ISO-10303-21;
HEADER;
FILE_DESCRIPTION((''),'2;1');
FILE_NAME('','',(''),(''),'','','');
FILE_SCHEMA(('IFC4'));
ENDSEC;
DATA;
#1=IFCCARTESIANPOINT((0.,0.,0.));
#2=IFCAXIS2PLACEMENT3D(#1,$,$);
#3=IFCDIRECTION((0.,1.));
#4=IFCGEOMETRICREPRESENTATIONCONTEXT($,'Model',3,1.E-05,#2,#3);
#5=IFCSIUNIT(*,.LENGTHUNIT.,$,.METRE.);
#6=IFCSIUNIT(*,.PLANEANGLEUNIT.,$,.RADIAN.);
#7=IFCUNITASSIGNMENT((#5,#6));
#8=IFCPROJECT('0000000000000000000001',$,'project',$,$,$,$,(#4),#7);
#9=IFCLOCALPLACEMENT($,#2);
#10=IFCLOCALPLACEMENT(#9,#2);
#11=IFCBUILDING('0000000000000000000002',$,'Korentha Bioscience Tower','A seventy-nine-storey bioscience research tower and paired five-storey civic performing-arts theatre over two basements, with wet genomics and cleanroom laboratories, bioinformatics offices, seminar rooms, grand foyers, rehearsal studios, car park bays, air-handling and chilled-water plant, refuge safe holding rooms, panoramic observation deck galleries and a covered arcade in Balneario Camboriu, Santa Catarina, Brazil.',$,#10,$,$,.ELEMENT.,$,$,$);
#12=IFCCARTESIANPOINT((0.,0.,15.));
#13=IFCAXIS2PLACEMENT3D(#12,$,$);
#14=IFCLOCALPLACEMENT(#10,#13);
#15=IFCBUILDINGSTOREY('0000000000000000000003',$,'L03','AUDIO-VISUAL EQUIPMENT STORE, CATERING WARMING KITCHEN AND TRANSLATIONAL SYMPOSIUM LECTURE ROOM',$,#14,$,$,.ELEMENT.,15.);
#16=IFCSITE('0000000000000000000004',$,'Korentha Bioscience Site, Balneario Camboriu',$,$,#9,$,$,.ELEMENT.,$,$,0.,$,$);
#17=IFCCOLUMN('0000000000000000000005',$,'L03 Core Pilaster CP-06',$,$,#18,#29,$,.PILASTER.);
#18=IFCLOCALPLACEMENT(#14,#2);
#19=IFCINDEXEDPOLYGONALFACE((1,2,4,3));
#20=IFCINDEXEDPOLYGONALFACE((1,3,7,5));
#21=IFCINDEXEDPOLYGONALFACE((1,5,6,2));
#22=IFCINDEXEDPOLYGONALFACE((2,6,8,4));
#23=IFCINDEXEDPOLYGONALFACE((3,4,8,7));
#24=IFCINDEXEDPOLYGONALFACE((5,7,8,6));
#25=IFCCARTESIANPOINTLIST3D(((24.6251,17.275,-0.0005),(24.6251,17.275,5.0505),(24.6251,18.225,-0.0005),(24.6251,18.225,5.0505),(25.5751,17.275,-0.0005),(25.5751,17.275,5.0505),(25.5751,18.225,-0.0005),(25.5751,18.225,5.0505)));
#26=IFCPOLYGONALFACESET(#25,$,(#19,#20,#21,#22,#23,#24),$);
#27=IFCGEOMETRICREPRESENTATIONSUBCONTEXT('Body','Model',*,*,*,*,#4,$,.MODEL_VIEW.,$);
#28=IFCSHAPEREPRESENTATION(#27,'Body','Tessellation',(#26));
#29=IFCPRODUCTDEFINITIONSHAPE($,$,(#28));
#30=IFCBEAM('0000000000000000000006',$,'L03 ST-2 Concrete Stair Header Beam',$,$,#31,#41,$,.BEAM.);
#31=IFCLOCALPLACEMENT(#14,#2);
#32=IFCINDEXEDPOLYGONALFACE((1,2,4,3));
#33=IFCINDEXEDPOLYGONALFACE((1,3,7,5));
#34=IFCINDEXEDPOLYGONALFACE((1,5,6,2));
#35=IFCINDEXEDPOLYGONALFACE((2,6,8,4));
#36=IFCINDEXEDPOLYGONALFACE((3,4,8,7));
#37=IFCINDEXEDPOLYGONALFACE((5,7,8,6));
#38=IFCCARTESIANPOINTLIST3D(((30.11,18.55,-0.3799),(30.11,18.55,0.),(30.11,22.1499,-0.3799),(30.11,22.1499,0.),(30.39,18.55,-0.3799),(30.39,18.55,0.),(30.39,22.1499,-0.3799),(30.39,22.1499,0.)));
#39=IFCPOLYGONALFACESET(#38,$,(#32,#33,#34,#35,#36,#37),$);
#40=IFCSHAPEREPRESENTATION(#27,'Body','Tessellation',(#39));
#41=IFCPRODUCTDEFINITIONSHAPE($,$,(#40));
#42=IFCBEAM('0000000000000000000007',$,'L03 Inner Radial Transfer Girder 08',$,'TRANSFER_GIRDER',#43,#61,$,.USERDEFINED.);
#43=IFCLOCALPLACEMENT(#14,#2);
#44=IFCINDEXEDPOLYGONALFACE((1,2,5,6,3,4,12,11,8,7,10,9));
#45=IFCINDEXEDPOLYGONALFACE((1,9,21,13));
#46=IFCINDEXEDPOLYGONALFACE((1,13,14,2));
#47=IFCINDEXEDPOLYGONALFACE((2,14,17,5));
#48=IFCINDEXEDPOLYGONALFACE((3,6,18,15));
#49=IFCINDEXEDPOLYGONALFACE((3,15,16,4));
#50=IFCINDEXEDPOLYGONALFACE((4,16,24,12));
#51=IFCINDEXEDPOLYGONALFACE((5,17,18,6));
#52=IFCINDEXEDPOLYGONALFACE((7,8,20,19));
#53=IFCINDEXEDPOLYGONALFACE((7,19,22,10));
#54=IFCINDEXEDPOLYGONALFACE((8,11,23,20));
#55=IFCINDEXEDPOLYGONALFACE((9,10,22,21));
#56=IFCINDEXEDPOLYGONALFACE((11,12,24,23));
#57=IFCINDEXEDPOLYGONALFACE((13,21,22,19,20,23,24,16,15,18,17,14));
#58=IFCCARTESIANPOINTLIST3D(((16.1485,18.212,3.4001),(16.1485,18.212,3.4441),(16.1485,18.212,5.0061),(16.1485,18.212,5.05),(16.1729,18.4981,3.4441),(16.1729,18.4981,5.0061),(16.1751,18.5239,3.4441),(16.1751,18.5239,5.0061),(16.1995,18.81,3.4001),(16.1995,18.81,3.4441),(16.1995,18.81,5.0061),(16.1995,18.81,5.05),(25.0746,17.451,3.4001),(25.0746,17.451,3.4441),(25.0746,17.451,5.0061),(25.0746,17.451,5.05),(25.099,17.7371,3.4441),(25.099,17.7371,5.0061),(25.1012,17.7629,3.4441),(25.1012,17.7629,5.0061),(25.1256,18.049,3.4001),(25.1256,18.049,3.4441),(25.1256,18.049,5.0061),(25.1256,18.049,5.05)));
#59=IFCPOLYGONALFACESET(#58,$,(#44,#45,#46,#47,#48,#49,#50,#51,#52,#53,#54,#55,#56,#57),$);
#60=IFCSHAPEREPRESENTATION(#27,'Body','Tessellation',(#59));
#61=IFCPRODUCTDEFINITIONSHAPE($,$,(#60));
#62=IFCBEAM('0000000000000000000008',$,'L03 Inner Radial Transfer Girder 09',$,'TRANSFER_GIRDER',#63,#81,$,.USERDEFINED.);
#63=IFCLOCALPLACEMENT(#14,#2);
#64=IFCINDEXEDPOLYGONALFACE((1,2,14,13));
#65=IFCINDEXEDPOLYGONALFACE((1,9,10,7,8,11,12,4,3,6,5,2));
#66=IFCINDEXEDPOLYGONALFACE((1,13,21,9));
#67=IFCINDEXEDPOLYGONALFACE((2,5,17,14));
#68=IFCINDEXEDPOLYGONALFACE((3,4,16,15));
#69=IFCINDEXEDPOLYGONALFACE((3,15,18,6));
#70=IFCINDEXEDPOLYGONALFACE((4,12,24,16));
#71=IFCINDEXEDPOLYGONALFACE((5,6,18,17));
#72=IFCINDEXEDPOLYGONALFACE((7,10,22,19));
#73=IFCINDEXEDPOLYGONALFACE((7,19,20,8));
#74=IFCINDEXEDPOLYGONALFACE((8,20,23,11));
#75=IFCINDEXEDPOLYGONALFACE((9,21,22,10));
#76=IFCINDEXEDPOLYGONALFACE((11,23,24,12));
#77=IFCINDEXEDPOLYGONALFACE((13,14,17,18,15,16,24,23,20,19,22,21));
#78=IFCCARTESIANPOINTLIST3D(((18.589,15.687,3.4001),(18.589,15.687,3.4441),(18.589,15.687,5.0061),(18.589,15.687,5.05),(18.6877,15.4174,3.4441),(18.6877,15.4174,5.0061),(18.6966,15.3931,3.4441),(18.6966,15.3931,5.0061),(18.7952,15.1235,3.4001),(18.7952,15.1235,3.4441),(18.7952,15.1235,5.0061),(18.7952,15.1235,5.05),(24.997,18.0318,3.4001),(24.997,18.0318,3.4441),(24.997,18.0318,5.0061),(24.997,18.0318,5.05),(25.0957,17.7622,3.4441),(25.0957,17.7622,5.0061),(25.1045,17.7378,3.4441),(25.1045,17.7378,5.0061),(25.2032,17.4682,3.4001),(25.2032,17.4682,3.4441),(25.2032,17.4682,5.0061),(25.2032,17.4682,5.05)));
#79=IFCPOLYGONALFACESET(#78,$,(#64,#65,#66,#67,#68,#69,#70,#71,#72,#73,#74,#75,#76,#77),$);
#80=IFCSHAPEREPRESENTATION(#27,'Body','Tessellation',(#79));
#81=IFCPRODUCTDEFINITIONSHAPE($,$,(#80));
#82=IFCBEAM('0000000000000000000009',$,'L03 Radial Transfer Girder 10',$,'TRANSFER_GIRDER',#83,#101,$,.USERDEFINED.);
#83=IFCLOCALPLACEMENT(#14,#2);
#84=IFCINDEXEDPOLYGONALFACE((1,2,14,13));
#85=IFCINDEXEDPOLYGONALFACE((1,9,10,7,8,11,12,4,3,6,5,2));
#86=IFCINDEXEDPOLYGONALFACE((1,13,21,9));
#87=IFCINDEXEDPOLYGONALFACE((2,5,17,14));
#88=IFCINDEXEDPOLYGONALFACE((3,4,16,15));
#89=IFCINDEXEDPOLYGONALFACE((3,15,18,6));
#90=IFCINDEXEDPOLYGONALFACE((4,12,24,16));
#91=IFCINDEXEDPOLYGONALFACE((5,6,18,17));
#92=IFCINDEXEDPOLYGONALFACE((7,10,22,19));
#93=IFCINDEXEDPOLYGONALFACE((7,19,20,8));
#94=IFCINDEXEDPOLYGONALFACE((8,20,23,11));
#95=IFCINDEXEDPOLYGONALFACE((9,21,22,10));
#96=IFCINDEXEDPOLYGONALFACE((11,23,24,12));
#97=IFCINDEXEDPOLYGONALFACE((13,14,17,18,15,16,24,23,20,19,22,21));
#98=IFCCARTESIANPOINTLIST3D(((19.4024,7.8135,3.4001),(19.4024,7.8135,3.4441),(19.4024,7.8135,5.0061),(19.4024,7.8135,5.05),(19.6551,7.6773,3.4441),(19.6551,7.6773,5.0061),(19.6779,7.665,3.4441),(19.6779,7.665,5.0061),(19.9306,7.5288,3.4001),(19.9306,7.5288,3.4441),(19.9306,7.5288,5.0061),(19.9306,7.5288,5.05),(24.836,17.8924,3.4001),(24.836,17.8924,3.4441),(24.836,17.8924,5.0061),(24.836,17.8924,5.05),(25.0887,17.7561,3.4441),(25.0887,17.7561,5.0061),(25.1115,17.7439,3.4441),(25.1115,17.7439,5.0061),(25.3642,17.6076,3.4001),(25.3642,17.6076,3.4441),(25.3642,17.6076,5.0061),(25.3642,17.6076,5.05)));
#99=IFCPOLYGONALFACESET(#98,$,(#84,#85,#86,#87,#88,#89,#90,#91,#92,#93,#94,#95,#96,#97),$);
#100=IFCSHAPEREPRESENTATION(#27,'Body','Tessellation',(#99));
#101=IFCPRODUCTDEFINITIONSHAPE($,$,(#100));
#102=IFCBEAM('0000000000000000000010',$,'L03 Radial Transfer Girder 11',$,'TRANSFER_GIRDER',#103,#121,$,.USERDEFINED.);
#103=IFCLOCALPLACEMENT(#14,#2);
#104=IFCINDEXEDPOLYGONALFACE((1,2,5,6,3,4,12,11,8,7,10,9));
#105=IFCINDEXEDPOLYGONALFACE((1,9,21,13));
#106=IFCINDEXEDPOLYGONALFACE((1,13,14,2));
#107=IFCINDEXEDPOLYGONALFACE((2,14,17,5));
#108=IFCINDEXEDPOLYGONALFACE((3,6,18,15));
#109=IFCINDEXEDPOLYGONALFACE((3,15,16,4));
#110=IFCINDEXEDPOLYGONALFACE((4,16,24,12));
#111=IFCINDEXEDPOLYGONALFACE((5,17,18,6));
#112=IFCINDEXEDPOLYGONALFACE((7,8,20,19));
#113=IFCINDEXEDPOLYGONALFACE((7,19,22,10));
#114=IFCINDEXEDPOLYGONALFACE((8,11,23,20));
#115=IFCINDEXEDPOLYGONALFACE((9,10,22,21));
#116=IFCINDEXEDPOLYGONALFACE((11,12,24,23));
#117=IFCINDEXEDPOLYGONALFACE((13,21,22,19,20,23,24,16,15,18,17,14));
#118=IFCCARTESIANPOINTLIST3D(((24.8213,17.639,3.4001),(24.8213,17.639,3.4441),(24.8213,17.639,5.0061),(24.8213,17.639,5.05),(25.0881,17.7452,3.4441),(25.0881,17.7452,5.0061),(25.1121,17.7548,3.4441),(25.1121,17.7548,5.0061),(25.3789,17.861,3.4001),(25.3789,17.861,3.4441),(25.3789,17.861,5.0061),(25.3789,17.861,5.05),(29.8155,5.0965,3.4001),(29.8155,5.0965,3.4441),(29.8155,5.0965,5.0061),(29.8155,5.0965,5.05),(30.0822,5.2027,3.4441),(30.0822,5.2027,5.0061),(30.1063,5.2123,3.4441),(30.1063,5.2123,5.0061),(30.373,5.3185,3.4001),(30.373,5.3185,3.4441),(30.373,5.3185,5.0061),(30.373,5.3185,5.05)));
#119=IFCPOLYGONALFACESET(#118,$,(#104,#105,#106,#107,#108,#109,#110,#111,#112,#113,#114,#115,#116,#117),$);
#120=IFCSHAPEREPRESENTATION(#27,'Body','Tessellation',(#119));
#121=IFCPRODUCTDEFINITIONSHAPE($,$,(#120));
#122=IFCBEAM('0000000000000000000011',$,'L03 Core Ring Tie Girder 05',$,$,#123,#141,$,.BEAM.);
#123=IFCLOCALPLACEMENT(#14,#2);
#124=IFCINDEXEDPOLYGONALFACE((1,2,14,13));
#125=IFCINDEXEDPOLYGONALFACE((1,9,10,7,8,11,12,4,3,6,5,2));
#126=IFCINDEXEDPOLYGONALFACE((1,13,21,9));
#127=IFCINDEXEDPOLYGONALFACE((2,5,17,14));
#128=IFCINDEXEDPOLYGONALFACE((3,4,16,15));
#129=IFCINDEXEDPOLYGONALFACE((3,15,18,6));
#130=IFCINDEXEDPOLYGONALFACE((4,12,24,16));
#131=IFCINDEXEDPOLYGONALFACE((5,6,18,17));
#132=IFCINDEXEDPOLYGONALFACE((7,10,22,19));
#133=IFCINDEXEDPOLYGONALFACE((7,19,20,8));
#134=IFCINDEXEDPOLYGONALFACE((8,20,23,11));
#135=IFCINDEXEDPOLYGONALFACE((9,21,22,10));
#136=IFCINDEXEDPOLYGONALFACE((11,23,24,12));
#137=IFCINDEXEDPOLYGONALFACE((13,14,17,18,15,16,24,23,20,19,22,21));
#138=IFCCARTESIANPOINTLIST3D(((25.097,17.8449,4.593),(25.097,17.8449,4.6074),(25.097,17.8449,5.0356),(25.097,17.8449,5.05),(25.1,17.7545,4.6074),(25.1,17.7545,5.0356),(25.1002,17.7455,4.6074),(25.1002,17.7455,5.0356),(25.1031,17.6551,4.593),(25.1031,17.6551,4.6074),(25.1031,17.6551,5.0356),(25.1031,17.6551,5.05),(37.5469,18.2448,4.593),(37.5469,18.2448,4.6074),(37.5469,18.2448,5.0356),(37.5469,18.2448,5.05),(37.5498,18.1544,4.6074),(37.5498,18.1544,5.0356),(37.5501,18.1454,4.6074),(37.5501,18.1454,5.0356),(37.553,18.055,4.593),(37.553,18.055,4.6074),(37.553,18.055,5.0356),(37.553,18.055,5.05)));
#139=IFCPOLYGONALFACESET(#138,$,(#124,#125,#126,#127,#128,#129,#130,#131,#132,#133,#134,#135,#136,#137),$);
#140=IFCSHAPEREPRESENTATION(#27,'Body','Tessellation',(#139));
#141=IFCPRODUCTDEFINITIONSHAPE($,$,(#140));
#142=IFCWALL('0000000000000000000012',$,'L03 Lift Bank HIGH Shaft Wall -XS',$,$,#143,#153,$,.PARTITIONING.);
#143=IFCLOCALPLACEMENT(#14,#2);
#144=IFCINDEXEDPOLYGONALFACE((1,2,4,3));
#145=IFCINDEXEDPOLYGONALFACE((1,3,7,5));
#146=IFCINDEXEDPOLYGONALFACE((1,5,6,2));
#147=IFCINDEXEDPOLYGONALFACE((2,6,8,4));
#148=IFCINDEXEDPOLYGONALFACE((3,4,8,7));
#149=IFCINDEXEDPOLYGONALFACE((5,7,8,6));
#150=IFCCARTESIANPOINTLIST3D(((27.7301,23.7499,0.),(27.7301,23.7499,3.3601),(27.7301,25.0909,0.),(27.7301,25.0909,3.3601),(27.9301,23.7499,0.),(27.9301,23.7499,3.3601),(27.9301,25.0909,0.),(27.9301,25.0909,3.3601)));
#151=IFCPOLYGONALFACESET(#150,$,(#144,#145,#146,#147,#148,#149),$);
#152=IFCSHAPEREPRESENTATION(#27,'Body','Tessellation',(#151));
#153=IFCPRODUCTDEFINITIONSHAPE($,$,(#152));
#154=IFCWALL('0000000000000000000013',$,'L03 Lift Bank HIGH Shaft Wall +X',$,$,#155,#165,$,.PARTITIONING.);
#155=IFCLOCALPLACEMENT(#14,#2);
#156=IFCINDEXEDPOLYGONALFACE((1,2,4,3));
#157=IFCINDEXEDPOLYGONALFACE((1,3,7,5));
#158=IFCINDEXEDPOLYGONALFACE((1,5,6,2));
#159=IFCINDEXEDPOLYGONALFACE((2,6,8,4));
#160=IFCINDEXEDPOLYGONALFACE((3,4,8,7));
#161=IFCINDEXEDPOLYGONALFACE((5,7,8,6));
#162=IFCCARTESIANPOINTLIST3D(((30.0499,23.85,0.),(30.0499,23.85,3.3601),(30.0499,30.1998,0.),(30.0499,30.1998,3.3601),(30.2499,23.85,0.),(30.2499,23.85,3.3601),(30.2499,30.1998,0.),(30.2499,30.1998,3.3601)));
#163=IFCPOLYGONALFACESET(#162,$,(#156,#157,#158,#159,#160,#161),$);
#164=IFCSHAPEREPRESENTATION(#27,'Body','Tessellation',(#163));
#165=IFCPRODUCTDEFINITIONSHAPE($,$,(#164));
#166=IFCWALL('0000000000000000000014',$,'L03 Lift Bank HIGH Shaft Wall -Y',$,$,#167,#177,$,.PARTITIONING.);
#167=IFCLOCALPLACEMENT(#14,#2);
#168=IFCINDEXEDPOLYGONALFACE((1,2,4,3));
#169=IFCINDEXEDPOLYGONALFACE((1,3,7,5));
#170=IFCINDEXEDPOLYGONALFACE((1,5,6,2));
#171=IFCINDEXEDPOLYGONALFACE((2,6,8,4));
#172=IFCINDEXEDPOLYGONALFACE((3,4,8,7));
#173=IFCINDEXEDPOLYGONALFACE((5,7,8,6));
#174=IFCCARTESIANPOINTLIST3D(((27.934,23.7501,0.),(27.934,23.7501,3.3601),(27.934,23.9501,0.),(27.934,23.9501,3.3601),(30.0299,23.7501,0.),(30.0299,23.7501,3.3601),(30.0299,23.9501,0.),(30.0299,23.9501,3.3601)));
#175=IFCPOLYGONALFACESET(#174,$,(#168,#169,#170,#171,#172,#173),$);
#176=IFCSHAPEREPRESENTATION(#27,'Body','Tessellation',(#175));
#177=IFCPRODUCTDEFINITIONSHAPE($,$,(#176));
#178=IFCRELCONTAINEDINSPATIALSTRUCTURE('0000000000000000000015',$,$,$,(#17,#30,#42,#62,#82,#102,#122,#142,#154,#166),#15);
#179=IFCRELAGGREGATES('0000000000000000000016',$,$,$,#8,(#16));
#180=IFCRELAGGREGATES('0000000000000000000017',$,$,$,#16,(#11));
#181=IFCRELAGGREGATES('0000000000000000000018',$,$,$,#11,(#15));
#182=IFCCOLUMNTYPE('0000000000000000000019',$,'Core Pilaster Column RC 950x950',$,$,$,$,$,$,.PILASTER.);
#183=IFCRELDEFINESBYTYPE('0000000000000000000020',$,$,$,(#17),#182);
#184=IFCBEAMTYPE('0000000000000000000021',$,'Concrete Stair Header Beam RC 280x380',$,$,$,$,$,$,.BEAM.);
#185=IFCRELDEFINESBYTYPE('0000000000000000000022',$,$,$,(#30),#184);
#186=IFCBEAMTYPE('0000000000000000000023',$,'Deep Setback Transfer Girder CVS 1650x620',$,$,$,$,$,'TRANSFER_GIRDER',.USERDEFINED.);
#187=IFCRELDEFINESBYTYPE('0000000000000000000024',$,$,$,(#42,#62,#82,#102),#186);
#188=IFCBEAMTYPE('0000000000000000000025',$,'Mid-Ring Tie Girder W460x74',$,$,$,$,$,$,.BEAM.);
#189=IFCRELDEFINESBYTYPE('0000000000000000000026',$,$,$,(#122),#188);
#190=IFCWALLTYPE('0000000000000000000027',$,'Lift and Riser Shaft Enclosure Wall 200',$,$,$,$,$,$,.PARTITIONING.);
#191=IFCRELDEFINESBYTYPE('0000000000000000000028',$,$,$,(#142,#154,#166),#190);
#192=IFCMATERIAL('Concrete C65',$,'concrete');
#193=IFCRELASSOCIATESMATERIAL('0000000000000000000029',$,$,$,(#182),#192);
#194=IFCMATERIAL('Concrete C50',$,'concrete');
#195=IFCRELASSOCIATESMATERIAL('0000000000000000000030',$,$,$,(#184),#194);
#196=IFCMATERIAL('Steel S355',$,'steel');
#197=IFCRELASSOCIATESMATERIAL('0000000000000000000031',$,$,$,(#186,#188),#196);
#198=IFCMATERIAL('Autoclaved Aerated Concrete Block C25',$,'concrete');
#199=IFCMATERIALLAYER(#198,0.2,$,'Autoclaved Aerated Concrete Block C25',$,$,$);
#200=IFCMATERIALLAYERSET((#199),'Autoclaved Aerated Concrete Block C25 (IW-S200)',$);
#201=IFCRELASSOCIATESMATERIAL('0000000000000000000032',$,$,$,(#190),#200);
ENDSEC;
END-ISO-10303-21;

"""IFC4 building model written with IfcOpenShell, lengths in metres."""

from ifc_helpers import new_model, si_unit, direction, frame, frame_2d, origin, origin_2d, place, context, subcontext, project, spatial, rectangle, i_section, extrude, material, layer, layer_set, material_profile, profile_set, type_object, element, save


model = new_model("IFC4")

# Units and contexts
model_context = context("Model", 3, precision=1e-05, world=origin(), true_north=direction((0.0, 1.0)))
body_context = subcontext(model_context, "Body", "Model", "MODEL_VIEW")
ifc_project = project(units=[si_unit("LENGTHUNIT", "METRE"), si_unit("PLANEANGLEUNIT", "RADIAN")], contexts=[model_context])

# Site, building, storey
site_placement = place(None, origin())
site = spatial("IfcSite", under=ifc_project, at=site_placement, Name="Korentha Bioscience Site, Balneario Camboriu", CompositionType="ELEMENT", RefElevation=0.0)
building_placement = place(site_placement, origin())
building = spatial("IfcBuilding", under=site, at=building_placement, Name="Korentha Bioscience Tower", Description="A seventy-nine-storey bioscience research tower and paired five-storey civic performing-arts theatre over two basements, with wet genomics and cleanroom laboratories, bioinformatics offices, seminar rooms, grand foyers, rehearsal studios, car park bays, air-handling and chilled-water plant, refuge safe holding rooms, panoramic observation deck galleries and a covered arcade in Balneario Camboriu, Santa Catarina, Brazil.", CompositionType="ELEMENT")
storey_placement = place(building_placement, frame((0.0, 0.0, 15.0)))
storey = spatial("IfcBuildingStorey", under=building, at=storey_placement, Name="L03", Description="AUDIO-VISUAL EQUIPMENT STORE, CATERING WARMING KITCHEN AND TRANSLATIONAL SYMPOSIUM LECTURE ROOM", CompositionType="ELEMENT", Elevation=15.0)

# Column
ifc_material_1 = material(Name="Concrete C65", Category="concrete")
ifc_material_profile_1 = material_profile(ifc_material_1, rectangle(XDim=0.95, YDim=0.95, at=origin_2d()), Name="Concrete C65")
ifc_profile_set_1 = profile_set([ifc_material_profile_1], Name="Concrete C65 (COL-CP09)")
column_type = type_object("IfcColumnType", Name="Core Pilaster Column RC 950x950", PredefinedType="PILASTER", material=ifc_profile_set_1)
column_placement = place(storey_placement, frame((25.1001, 17.75, -0.0005), z_axis=(0.0, 0.0, 1.0), x_axis=(1.0, 0.0, 0.0)))
element("IfcColumn", 1, at=column_placement, inside=storey, type_object=column_type, Name="L03 Core Pilaster CP-06", PredefinedType="PILASTER", context=body_context, shape_type="SweptSolid", body=[
    extrude(rectangle(XDim=0.95, YDim=0.95, at=origin_2d()), origin(), (0.0, 0.0, 1.0), 5.051),
])

# Beams
ifc_material_2 = material(Name="Concrete C50", Category="concrete")
ifc_material_profile_2 = material_profile(ifc_material_2, rectangle(XDim=0.28, YDim=0.3799, at=origin_2d()), Name="Concrete C50")
ifc_profile_set_2 = profile_set([ifc_material_profile_2], Name="Concrete C50 (ST-HB380)")
beam_type_1 = type_object("IfcBeamType", Name="Concrete Stair Header Beam RC 280x380", PredefinedType="BEAM", material=ifc_profile_set_2)
beam_1_placement = place(storey_placement, frame((30.25, 18.55, -0.1899), z_axis=(0.0, 1.0, 0.0), x_axis=(-1.0, 0.0, 0.0)))
element("IfcBeam", 2, at=beam_1_placement, inside=storey, type_object=beam_type_1, Name="L03 ST-2 Concrete Stair Header Beam", PredefinedType="BEAM", context=body_context, shape_type="SweptSolid", body=[
    extrude(rectangle(XDim=0.28, YDim=0.3799, at=origin_2d()), origin(), (0.0, 0.0, 1.0), 3.5999),
])
ifc_material_3 = material(Name="Steel S355", Category="steel")
ifc_material_profile_3 = material_profile(ifc_material_3, i_section(OverallWidth=0.6001, OverallDepth=1.6499, WebThickness=0.0259, FlangeThickness=0.0439, at=origin_2d()), Name="Steel S355")
ifc_profile_set_3 = profile_set([ifc_material_profile_3], Name="Steel S355 (TG-04)")
beam_type_2 = type_object("IfcBeamType", Name="Deep Setback Transfer Girder CVS 1650x620", ElementType="TRANSFER_GIRDER", PredefinedType="USERDEFINED", material=ifc_profile_set_3)
beam_2_placement = place(storey_placement, frame((25.1001, 17.75, 4.2251), z_axis=(-0.996386, 0.084947, 0.0), x_axis=(-0.084947, -0.996386, 0.0)))
element("IfcBeam", 3, at=beam_2_placement, inside=storey, type_object=beam_type_2, Name="L03 Inner Radial Transfer Girder 08", ObjectType="TRANSFER_GIRDER", PredefinedType="USERDEFINED", context=body_context, shape_type="SweptSolid", body=[
    extrude(i_section(OverallWidth=0.6001, OverallDepth=1.6499, WebThickness=0.0259, FlangeThickness=0.0439, at=origin_2d()), origin(), (0.0, 0.0, 1.0), 8.9585),
])
beam_3_placement = place(storey_placement, frame((25.1001, 17.75, 4.2251), z_axis=(-0.939106, -0.343627, 0.0), x_axis=(0.343627, -0.939106, 0.0)))
element("IfcBeam", 4, at=beam_3_placement, inside=storey, type_object=beam_type_2, Name="L03 Inner Radial Transfer Girder 09", ObjectType="TRANSFER_GIRDER", PredefinedType="USERDEFINED", context=body_context, shape_type="SweptSolid", body=[
    extrude(i_section(OverallWidth=0.6001, OverallDepth=1.6499, WebThickness=0.0259, FlangeThickness=0.0439, at=origin_2d()), origin(), (0.0, 0.0, 1.0), 6.8235),
])
beam_4_placement = place(storey_placement, frame((25.1001, 17.75, 4.2251), z_axis=(-0.474541, -0.880233, 0.0), x_axis=(0.880233, -0.474541, 0.0)))
element("IfcBeam", 5, at=beam_4_placement, inside=storey, type_object=beam_type_2, Name="L03 Radial Transfer Girder 10", ObjectType="TRANSFER_GIRDER", PredefinedType="USERDEFINED", context=body_context, shape_type="SweptSolid", body=[
    extrude(i_section(OverallWidth=0.6001, OverallDepth=1.6499, WebThickness=0.0259, FlangeThickness=0.0439, at=origin_2d()), origin(), (0.0, 0.0, 1.0), 11.4502),
])
beam_5_placement = place(storey_placement, frame((25.1001, 17.75, 4.2251), z_axis=(0.369931, -0.929059, 0.0), x_axis=(0.929059, 0.369931, 0.0)))
element("IfcBeam", 6, at=beam_5_placement, inside=storey, type_object=beam_type_2, Name="L03 Radial Transfer Girder 11", ObjectType="TRANSFER_GIRDER", PredefinedType="USERDEFINED", context=body_context, shape_type="SweptSolid", body=[
    extrude(i_section(OverallWidth=0.6001, OverallDepth=1.6499, WebThickness=0.0259, FlangeThickness=0.0439, at=origin_2d()), origin(), (0.0, 0.0, 1.0), 13.5002),
])
ifc_material_profile_4 = material_profile(ifc_material_3, i_section(OverallWidth=0.1899, OverallDepth=0.457, WebThickness=0.009, FlangeThickness=0.0144, at=origin_2d()), Name="Steel S355")
ifc_profile_set_4 = profile_set([ifc_material_profile_4], Name="Steel S355 (MB-460)")
beam_type_3 = type_object("IfcBeamType", Name="Mid-Ring Tie Girder W460x74", PredefinedType="BEAM", material=ifc_profile_set_4)
beam_6_placement = place(storey_placement, frame((25.1001, 17.75, 4.8215), z_axis=(0.999485, 0.032104, 0.0), x_axis=(-0.032104, 0.999485, 0.0)))
element("IfcBeam", 7, at=beam_6_placement, inside=storey, type_object=beam_type_3, Name="L03 Core Ring Tie Girder 05", PredefinedType="BEAM", context=body_context, shape_type="SweptSolid", body=[
    extrude(i_section(OverallWidth=0.1899, OverallDepth=0.457, WebThickness=0.009, FlangeThickness=0.0144, at=origin_2d()), origin(), (0.0, 0.0, 1.0), 12.4563),
])

# Walls
ifc_material_4 = material(Name="Autoclaved Aerated Concrete Block C25", Category="concrete")
ifc_layer_1 = layer(ifc_material_4, 0.2, Name="Autoclaved Aerated Concrete Block C25")
ifc_layer_set_1 = layer_set([ifc_layer_1], Name="Autoclaved Aerated Concrete Block C25 (IW-S200)")
wall_type_1 = type_object("IfcWallType", Name="Lift and Riser Shaft Enclosure Wall 200", PredefinedType="PARTITIONING", material=ifc_layer_set_1)
wall_1_placement = place(storey_placement, frame((27.8301, 23.75, 0.0), z_axis=(0.0, 0.0, 1.0), x_axis=(0.0, 1.0, 0.0)))
element("IfcWall", 8, at=wall_1_placement, inside=storey, type_object=wall_type_1, Name="L03 Lift Bank HIGH Shaft Wall -XS", PredefinedType="PARTITIONING", context=body_context, shape_type="SweptSolid", body=[
    extrude(rectangle(XDim=1.3411, YDim=0.2, at=frame_2d((0.6704, 0.0))), origin(), (0.0, 0.0, 1.0), 3.3601),
])
wall_2_placement = place(storey_placement, frame((30.1499, 23.8501, 0.0), z_axis=(0.0, 0.0, 1.0), x_axis=(0.0, 1.0, 0.0)))
element("IfcWall", 9, at=wall_2_placement, inside=storey, type_object=wall_type_1, Name="L03 Lift Bank HIGH Shaft Wall +X", PredefinedType="PARTITIONING", context=body_context, shape_type="SweptSolid", body=[
    extrude(rectangle(XDim=6.3499, YDim=0.2, at=frame_2d((3.1748, 0.0))), origin(), (0.0, 0.0, 1.0), 3.3601),
])
wall_3_placement = place(storey_placement, frame((27.9341, 23.8501, 0.0), z_axis=(0.0, 0.0, 1.0), x_axis=(1.0, 0.0, 0.0)))
element("IfcWall", 10, at=wall_3_placement, inside=storey, type_object=wall_type_1, Name="L03 Lift Bank HIGH Shaft Wall -Y", PredefinedType="PARTITIONING", context=body_context, shape_type="SweptSolid", body=[
    extrude(rectangle(XDim=2.0959, YDim=0.2, at=frame_2d((1.0479, 0.0))), origin(), (0.0, 0.0, 1.0), 3.3601),
])

save(model, "model.ifc")
